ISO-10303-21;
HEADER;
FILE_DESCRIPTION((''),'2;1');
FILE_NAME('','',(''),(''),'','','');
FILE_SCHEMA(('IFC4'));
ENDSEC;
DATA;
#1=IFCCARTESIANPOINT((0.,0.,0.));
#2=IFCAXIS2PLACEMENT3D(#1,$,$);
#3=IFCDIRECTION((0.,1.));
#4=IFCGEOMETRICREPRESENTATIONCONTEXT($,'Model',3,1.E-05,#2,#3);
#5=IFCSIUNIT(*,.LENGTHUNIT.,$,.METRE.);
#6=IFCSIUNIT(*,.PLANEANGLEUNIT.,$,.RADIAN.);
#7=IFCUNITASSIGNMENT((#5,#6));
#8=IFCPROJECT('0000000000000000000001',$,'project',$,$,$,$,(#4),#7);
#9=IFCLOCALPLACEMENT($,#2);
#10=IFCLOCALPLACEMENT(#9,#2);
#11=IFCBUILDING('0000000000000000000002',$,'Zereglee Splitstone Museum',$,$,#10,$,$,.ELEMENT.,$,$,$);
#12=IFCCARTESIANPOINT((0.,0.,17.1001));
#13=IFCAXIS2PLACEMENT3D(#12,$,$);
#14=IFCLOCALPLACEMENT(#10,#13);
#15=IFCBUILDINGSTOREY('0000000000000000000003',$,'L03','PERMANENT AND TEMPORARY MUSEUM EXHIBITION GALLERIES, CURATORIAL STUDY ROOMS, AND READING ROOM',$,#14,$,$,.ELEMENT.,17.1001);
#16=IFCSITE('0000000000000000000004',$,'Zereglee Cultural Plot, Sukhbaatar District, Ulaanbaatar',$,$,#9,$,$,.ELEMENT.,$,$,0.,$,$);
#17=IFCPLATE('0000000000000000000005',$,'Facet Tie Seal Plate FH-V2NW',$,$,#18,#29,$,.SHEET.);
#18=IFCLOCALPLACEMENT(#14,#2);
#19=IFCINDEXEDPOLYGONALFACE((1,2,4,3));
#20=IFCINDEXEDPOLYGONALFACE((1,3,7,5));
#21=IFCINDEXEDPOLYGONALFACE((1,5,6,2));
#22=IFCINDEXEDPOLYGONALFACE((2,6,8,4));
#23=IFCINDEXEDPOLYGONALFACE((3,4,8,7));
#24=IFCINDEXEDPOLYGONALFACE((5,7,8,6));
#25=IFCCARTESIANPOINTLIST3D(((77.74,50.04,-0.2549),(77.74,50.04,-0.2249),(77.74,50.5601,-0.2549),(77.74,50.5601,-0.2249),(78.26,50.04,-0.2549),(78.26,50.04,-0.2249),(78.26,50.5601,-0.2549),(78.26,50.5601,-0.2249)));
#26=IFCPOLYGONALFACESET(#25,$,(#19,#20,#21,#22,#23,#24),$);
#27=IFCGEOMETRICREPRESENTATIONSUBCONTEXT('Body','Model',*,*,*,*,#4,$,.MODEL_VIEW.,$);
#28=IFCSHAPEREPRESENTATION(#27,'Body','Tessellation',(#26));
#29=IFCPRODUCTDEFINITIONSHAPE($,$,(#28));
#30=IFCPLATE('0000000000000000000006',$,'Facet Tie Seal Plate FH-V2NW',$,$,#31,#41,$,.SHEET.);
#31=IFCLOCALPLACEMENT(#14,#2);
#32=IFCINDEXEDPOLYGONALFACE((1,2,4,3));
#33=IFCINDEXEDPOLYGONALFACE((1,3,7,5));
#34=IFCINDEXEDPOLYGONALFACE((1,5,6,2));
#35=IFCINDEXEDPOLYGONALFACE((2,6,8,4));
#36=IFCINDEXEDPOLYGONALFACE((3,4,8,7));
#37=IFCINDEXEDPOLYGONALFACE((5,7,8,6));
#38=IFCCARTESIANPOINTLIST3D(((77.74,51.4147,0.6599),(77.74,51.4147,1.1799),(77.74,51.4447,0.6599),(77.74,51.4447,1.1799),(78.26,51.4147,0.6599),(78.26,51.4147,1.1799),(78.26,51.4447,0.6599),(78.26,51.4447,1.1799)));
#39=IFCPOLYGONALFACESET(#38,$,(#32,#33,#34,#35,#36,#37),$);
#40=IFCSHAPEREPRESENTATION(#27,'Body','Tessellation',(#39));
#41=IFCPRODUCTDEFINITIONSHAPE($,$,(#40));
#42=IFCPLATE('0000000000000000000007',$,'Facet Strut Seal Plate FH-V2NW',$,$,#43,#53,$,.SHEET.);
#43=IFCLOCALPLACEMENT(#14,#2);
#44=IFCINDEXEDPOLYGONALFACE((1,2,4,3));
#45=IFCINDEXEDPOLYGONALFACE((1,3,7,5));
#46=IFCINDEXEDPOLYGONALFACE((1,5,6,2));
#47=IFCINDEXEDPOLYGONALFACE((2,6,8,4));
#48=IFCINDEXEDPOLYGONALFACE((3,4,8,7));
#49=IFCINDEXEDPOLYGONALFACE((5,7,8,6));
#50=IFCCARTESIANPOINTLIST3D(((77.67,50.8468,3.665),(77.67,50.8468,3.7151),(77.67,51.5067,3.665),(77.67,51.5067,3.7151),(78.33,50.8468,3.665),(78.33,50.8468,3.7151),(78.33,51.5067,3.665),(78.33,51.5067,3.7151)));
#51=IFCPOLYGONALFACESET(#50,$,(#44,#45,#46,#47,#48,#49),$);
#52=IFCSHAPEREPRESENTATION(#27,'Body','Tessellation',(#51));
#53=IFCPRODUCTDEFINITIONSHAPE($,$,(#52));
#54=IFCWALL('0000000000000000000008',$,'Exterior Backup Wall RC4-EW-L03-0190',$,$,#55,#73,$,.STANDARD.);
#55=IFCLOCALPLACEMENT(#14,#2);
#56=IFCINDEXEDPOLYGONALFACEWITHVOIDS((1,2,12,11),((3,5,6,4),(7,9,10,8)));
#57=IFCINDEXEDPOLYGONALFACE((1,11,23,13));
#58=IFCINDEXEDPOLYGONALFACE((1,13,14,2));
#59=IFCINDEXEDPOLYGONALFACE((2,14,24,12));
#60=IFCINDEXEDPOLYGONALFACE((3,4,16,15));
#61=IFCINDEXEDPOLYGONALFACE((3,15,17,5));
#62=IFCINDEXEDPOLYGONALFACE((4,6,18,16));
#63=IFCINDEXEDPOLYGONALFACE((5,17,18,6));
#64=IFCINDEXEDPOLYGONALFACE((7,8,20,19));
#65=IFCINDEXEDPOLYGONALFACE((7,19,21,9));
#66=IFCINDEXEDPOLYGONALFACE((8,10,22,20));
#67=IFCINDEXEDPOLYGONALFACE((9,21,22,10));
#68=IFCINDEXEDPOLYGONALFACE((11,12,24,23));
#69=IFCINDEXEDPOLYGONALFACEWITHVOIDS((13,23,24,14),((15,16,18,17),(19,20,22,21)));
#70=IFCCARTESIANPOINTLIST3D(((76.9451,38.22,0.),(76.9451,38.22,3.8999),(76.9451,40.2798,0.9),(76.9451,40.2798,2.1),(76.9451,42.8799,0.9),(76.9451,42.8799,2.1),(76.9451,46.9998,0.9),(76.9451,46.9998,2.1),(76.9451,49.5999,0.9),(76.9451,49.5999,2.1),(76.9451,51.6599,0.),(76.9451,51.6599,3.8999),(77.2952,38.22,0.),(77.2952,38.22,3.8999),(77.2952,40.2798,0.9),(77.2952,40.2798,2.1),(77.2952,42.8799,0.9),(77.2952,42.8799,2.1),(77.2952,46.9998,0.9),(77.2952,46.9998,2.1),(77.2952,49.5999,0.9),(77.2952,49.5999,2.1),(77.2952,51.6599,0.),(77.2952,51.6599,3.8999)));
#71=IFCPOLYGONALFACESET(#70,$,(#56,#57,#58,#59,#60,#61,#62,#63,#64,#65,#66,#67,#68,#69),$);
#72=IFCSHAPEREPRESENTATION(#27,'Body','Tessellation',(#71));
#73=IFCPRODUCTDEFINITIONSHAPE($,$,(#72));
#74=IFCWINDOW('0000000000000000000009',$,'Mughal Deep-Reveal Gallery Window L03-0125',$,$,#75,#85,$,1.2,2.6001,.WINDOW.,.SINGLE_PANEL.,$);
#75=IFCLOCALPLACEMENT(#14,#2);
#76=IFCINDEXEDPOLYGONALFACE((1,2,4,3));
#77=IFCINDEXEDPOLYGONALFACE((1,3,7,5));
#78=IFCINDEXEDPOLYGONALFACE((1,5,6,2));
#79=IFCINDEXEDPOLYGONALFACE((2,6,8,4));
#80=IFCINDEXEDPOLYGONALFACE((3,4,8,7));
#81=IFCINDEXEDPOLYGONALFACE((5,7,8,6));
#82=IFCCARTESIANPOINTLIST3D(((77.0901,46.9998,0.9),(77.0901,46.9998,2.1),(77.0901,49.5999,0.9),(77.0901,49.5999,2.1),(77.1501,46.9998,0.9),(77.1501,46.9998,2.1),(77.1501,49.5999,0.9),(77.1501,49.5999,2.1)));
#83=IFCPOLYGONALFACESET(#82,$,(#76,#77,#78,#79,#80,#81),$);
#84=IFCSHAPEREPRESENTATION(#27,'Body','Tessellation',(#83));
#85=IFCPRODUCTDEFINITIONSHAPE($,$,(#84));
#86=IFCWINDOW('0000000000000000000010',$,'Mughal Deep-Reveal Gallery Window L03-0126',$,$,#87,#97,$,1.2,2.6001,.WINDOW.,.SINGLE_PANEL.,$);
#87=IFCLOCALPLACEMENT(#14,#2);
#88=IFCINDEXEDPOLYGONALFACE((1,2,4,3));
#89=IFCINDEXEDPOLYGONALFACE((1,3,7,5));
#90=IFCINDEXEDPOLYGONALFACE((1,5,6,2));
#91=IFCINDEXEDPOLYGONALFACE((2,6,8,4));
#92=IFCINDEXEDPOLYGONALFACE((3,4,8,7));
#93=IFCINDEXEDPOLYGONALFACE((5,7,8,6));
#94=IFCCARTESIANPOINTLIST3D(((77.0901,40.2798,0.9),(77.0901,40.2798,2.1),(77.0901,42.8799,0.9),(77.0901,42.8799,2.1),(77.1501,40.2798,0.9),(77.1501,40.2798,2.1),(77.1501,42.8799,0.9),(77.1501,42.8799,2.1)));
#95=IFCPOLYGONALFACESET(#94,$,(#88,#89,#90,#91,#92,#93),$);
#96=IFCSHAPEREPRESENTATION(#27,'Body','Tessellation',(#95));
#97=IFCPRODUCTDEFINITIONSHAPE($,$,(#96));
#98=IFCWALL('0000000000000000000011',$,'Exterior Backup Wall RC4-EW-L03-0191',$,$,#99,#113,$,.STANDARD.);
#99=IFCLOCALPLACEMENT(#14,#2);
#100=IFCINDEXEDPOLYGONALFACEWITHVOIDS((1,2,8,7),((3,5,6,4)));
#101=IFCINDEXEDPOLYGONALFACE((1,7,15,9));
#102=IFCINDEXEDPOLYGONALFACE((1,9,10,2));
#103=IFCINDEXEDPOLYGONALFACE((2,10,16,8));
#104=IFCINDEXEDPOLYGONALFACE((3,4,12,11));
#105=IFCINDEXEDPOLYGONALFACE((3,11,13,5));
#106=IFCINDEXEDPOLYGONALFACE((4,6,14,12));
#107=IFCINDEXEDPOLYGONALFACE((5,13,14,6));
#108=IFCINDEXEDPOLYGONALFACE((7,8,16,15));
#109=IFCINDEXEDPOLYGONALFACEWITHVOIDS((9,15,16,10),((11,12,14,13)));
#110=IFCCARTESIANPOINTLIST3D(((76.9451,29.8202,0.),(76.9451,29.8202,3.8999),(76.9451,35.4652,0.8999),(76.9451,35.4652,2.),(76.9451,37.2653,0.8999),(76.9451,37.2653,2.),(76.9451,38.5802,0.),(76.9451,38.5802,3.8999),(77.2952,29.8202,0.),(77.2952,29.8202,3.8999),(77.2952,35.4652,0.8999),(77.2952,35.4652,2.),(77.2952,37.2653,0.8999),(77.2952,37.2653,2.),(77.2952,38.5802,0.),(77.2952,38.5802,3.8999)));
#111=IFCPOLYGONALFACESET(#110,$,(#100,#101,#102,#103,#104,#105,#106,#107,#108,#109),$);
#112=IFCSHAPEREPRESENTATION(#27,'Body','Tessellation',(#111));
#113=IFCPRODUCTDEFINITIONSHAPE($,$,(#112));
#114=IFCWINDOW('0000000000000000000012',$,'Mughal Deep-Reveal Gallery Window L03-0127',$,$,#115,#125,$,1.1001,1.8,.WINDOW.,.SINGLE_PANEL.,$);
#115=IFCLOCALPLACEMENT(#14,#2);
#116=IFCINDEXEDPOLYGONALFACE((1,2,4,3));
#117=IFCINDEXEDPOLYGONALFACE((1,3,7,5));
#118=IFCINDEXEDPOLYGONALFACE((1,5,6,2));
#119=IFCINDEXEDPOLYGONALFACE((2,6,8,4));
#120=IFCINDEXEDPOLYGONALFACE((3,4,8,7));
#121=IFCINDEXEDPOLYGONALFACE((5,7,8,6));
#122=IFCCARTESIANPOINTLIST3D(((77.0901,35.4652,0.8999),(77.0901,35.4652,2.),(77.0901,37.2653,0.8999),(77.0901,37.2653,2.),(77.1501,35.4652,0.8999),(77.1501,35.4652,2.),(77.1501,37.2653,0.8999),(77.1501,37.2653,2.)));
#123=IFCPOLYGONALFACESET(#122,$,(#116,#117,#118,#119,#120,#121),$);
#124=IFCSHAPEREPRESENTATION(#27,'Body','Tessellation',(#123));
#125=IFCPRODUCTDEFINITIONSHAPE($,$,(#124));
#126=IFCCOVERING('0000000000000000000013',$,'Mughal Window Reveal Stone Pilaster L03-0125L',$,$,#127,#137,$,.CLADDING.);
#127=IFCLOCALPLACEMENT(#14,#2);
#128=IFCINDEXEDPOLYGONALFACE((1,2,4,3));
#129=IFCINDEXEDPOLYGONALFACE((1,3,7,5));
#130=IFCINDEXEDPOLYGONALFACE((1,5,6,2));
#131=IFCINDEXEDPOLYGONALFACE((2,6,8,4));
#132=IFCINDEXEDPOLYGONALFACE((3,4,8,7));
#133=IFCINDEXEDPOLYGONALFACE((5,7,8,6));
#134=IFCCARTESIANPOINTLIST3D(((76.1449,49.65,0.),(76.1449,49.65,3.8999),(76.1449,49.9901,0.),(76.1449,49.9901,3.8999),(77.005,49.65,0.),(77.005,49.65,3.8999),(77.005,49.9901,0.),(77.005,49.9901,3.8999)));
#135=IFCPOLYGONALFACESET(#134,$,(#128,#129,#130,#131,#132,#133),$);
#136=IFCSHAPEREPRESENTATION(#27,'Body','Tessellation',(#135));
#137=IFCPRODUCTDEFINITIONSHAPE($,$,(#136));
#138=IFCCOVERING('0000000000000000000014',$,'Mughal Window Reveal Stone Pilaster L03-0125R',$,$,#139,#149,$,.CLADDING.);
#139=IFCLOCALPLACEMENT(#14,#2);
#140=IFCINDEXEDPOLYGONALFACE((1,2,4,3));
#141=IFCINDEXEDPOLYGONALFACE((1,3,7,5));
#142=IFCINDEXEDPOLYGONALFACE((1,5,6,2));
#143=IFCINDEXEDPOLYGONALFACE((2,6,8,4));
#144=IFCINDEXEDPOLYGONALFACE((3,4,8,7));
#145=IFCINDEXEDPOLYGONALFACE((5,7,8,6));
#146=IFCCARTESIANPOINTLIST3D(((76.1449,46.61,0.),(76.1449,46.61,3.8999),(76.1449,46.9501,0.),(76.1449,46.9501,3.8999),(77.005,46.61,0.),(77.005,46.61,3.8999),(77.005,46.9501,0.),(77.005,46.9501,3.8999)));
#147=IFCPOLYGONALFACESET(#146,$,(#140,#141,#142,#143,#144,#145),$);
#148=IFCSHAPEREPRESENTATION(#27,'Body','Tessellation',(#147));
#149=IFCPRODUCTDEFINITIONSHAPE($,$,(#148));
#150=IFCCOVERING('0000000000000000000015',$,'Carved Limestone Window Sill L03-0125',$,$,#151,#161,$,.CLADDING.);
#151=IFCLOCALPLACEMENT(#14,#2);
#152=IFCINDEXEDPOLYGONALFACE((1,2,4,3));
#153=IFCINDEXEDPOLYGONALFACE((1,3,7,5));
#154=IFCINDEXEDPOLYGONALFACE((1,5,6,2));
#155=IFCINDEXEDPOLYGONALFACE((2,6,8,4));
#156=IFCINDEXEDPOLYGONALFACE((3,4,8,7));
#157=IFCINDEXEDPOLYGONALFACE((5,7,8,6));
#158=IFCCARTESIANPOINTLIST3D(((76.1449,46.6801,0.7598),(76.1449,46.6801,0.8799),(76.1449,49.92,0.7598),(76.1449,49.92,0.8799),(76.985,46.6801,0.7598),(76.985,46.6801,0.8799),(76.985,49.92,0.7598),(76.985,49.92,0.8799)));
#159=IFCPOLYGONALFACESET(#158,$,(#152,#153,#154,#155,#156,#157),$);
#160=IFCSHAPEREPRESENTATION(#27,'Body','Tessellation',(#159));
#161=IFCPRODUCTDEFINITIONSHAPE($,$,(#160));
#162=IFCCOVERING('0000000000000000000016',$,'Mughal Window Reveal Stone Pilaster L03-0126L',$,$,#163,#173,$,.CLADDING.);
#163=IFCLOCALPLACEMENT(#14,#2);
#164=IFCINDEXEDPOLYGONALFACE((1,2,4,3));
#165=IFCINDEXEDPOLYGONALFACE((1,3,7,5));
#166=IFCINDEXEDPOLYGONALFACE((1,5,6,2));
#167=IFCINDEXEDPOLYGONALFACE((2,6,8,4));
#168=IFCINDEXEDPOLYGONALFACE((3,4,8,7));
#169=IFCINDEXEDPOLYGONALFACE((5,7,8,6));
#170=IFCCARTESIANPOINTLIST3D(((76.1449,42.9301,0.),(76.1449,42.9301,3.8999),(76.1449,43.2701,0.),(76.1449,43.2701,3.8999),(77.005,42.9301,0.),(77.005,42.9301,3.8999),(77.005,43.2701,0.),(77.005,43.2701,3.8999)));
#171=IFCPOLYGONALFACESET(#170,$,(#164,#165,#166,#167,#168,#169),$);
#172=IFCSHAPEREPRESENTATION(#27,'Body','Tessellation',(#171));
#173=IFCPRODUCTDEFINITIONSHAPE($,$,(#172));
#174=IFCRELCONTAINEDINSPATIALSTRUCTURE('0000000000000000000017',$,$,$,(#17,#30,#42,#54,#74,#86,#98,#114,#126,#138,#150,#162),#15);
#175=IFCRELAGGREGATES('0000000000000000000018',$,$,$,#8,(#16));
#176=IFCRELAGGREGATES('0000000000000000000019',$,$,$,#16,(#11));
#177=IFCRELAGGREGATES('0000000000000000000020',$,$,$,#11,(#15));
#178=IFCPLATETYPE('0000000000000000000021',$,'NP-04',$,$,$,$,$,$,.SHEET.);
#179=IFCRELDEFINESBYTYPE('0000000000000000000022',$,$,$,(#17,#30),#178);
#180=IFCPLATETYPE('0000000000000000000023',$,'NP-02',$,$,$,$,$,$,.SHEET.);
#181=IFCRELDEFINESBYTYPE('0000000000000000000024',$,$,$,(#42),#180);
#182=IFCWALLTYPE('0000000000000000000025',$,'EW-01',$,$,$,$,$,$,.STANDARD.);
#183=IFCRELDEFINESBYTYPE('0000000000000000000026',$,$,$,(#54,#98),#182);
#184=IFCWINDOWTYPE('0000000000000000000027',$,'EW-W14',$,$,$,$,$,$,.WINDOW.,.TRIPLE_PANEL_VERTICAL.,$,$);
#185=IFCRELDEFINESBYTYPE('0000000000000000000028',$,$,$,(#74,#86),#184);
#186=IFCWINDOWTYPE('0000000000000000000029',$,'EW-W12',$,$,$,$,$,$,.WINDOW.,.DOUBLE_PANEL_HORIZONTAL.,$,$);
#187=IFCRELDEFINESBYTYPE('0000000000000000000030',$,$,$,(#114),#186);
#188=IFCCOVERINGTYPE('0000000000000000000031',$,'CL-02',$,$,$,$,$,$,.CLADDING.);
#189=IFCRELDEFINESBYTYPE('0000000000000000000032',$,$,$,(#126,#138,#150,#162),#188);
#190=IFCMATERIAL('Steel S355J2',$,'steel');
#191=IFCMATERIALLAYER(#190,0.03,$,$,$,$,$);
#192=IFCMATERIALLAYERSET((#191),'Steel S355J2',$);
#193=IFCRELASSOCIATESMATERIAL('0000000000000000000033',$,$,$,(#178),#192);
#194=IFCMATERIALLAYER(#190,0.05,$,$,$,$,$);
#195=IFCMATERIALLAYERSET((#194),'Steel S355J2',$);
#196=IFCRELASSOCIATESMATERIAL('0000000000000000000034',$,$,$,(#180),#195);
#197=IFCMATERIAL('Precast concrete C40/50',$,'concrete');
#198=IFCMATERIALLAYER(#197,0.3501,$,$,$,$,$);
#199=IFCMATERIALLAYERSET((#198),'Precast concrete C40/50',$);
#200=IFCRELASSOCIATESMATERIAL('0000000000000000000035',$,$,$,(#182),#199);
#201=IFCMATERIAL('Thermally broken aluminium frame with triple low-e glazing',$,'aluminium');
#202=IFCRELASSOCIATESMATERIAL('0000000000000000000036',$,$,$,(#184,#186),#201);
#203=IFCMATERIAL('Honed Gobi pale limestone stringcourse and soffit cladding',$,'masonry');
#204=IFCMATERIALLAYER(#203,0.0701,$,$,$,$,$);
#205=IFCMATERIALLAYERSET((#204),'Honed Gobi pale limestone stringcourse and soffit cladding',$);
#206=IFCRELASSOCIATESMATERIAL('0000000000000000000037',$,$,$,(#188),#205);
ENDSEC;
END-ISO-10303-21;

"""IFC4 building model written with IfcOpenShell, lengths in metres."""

from ifc_helpers import new_model, si_unit, direction, frame, frame_2d, origin, origin_2d, place, context, subcontext, project, spatial, rectangle, extrude, material, layer, layer_set, type_object, element, fill, save


model = new_model("IFC4")

# Units and contexts
model_context = context("Model", 3, precision=1e-05, world=origin(), true_north=direction((0.0, 1.0)))
body_context = subcontext(model_context, "Body", "Model", "MODEL_VIEW")
ifc_project = project(units=[si_unit("LENGTHUNIT", "METRE"), si_unit("PLANEANGLEUNIT", "RADIAN")], contexts=[model_context])

# Site, building, storey
site_placement = place(None, origin())
site = spatial("IfcSite", under=ifc_project, at=site_placement, Name="Zereglee Cultural Plot, Sukhbaatar District, Ulaanbaatar", CompositionType="ELEMENT", RefElevation=0.0)
building_placement = place(site_placement, origin())
building = spatial("IfcBuilding", under=site, at=building_placement, Name="Zereglee Splitstone Museum", CompositionType="ELEMENT")
storey_placement = place(building_placement, frame((0.0, 0.0, 17.1001)))
storey = spatial("IfcBuildingStorey", under=building, at=storey_placement, Name="L03", Description="PERMANENT AND TEMPORARY MUSEUM EXHIBITION GALLERIES, CURATORIAL STUDY ROOMS, AND READING ROOM", CompositionType="ELEMENT", Elevation=17.1001)

# Shared definitions
ifc_material_1 = material(Name="Steel S355J2", Category="steel")

# Plates
ifc_layer_1 = layer(ifc_material_1, 0.03)
ifc_layer_set_1 = layer_set([ifc_layer_1], Name="Steel S355J2")
plate_type_1 = type_object("IfcPlateType", Name="NP-04", PredefinedType="SHEET", material=ifc_layer_set_1)
plate_1_placement = place(storey_placement, frame((78.0, 50.3, -0.2549), z_axis=(0.0, 0.0, 1.0), x_axis=(1.0, 0.0, 0.0)))
element("IfcPlate", 1, at=plate_1_placement, inside=storey, type_object=plate_type_1, Name="Facet Tie Seal Plate FH-V2NW", PredefinedType="SHEET", context=body_context, shape_type="SweptSolid", body=[
    extrude(rectangle(XDim=0.52, YDim=0.52, at=origin_2d()), origin(), (0.0, 0.0, 1.0), 0.03),
])
plate_2_placement = place(storey_placement, frame((78.0, 51.4297, 0.6599), z_axis=(0.0, 0.0, 1.0), x_axis=(1.0, 0.0, 0.0)))
element("IfcPlate", 2, at=plate_2_placement, inside=storey, type_object=plate_type_1, Name="Facet Tie Seal Plate FH-V2NW", PredefinedType="SHEET", context=body_context, shape_type="SweptSolid", body=[
    extrude(rectangle(XDim=0.52, YDim=0.03, at=origin_2d()), origin(), (0.0, 0.0, 1.0), 0.52),
])
ifc_layer_2 = layer(ifc_material_1, 0.05)
ifc_layer_set_2 = layer_set([ifc_layer_2], Name="Steel S355J2")
plate_type_2 = type_object("IfcPlateType", Name="NP-02", PredefinedType="SHEET", material=ifc_layer_set_2)
plate_3_placement = place(storey_placement, frame((78.0, 51.1768, 3.665), z_axis=(0.0, 0.0, 1.0), x_axis=(1.0, 0.0, 0.0)))
element("IfcPlate", 3, at=plate_3_placement, inside=storey, type_object=plate_type_2, Name="Facet Strut Seal Plate FH-V2NW", PredefinedType="SHEET", context=body_context, shape_type="SweptSolid", body=[
    extrude(rectangle(XDim=0.6599, YDim=0.6599, at=origin_2d()), origin(), (0.0, 0.0, 1.0), 0.05),
])

# Wall, openings, windows
ifc_material_2 = material(Name="Precast concrete C40/50", Category="concrete")
ifc_layer_3 = layer(ifc_material_2, 0.3501)
ifc_layer_set_3 = layer_set([ifc_layer_3], Name="Precast concrete C40/50")
wall_type = type_object("IfcWallType", Name="EW-01", PredefinedType="STANDARD", material=ifc_layer_set_3)
wall_1_placement = place(storey_placement, frame((77.1201, 51.6599, 0.0), z_axis=(0.0, 0.0, 1.0), x_axis=(0.0, -1.0, 0.0)))
wall_1 = element("IfcWall", 4, at=wall_1_placement, inside=storey, type_object=wall_type, Name="Exterior Backup Wall RC4-EW-L03-0190", PredefinedType="STANDARD", context=body_context, shape_type="SweptSolid", body=[
    extrude(rectangle(XDim=13.4399, YDim=0.3501, at=frame_2d((6.72, 0.0))), origin(), (0.0, 0.0, 1.0), 3.8999),
])
opening_1_placement = place(wall_1_placement, frame((2.0601, 0.0, 0.8999)))
opening_1 = element("IfcOpeningElement", 5, at=opening_1_placement, cuts=wall_1, PredefinedType="OPENING", context=body_context, shape_type="SweptSolid", body=[
    extrude(rectangle(XDim=2.6001, YDim=1.2, at=frame_2d((1.3, 0.6001))), frame((0.0, 0.1899, 0.0), z_axis=(0.0, -1.0, 0.0), x_axis=(1.0, 0.0, 0.0)), (0.0, 0.0, 1.0), 0.3799),
])
opening_2_placement = place(wall_1_placement, frame((8.78, 0.0, 0.8999)))
opening_2 = element("IfcOpeningElement", 6, at=opening_2_placement, cuts=wall_1, PredefinedType="OPENING", context=body_context, shape_type="SweptSolid", body=[
    extrude(rectangle(XDim=2.6001, YDim=1.2, at=frame_2d((1.3, 0.6001))), frame((0.0, 0.1899, 0.0), z_axis=(0.0, -1.0, 0.0), x_axis=(1.0, 0.0, 0.0)), (0.0, 0.0, 1.0), 0.3799),
])
ifc_material_3 = material(Name="Thermally broken aluminium frame with triple low-e glazing", Category="aluminium")
window_type_1 = type_object("IfcWindowType", Name="EW-W14", PartitioningType="TRIPLE_PANEL_VERTICAL", PredefinedType="WINDOW", material=ifc_material_3)
window_1_placement = place(opening_1_placement, origin())
window_1 = element("IfcWindow", 7, at=window_1_placement, inside=storey, type_object=window_type_1, Name="Mughal Deep-Reveal Gallery Window L03-0125", OverallHeight=1.2, OverallWidth=2.6001, PartitioningType="SINGLE_PANEL", PredefinedType="WINDOW", context=body_context, shape_type="SweptSolid", body=[
    extrude(rectangle(XDim=2.6001, YDim=1.2, at=frame_2d((1.3, 0.6001))), frame((0.0, 0.03, 0.0), z_axis=(0.0, -1.0, 0.0), x_axis=(1.0, 0.0, 0.0)), (0.0, 0.0, 1.0), 0.0601),
])
fill(opening_1, window_1)
window_2_placement = place(opening_2_placement, origin())
window_2 = element("IfcWindow", 8, at=window_2_placement, inside=storey, type_object=window_type_1, Name="Mughal Deep-Reveal Gallery Window L03-0126", OverallHeight=1.2, OverallWidth=2.6001, PartitioningType="SINGLE_PANEL", PredefinedType="WINDOW", context=body_context, shape_type="SweptSolid", body=[
    extrude(rectangle(XDim=2.6001, YDim=1.2, at=frame_2d((1.3, 0.6001))), frame((0.0, 0.03, 0.0), z_axis=(0.0, -1.0, 0.0), x_axis=(1.0, 0.0, 0.0)), (0.0, 0.0, 1.0), 0.0601),
])
fill(opening_2, window_2)

# Wall, opening, window
wall_2_placement = place(storey_placement, frame((77.1201, 38.5801, 0.0), z_axis=(0.0, 0.0, 1.0), x_axis=(0.0, -1.0, 0.0)))
wall_2 = element("IfcWall", 9, at=wall_2_placement, inside=storey, type_object=wall_type, Name="Exterior Backup Wall RC4-EW-L03-0191", PredefinedType="STANDARD", context=body_context, shape_type="SweptSolid", body=[
    extrude(rectangle(XDim=8.76, YDim=0.3501, at=frame_2d((4.3799, 0.0))), origin(), (0.0, 0.0, 1.0), 3.8999),
])
opening_3_placement = place(wall_2_placement, frame((1.3149, 0.0, 0.8999)))
opening_3 = element("IfcOpeningElement", 10, at=opening_3_placement, cuts=wall_2, PredefinedType="OPENING", context=body_context, shape_type="SweptSolid", body=[
    extrude(rectangle(XDim=1.8, YDim=1.1001, at=frame_2d((0.8999, 0.55))), frame((0.0, 0.1899, 0.0), z_axis=(0.0, -1.0, 0.0), x_axis=(1.0, 0.0, 0.0)), (0.0, 0.0, 1.0), 0.3799),
])
window_type_2 = type_object("IfcWindowType", Name="EW-W12", PartitioningType="DOUBLE_PANEL_HORIZONTAL", PredefinedType="WINDOW", material=ifc_material_3)
window_3_placement = place(opening_3_placement, origin())
window_3 = element("IfcWindow", 11, at=window_3_placement, inside=storey, type_object=window_type_2, Name="Mughal Deep-Reveal Gallery Window L03-0127", OverallHeight=1.1001, OverallWidth=1.8, PartitioningType="SINGLE_PANEL", PredefinedType="WINDOW", context=body_context, shape_type="SweptSolid", body=[
    extrude(rectangle(XDim=1.8, YDim=1.1001, at=frame_2d((0.8999, 0.55))), frame((0.0, 0.03, 0.0), z_axis=(0.0, -1.0, 0.0), x_axis=(1.0, 0.0, 0.0)), (0.0, 0.0, 1.0), 0.0601),
])
fill(opening_3, window_3)

# Coverings
ifc_material_4 = material(Name="Honed Gobi pale limestone stringcourse and soffit cladding", Category="masonry")
ifc_layer_4 = layer(ifc_material_4, 0.0701)
ifc_layer_set_4 = layer_set([ifc_layer_4], Name="Honed Gobi pale limestone stringcourse and soffit cladding")
covering_type_1 = type_object("IfcCoveringType", Name="CL-02", PredefinedType="CLADDING", material=ifc_layer_set_4)
for number, where, z_axis, x_axis, name in (
    (12, (76.575, 49.8201, 0.0), (0.0, 0.0, 1.0), (0.0, -1.0, 0.0), "Mughal Window Reveal Stone Pilaster L03-0125L"),
    (13, (76.575, 46.78, 0.0), (0.0, 0.0, 1.0), (0.0, -1.0, 0.0), "Mughal Window Reveal Stone Pilaster L03-0125R"),
):
    element("IfcCovering", number, at=place(storey_placement, frame(where, z_axis=z_axis, x_axis=x_axis)), inside=storey, type_object=covering_type_1, Name=name, PredefinedType="CLADDING", context=body_context, shape_type="SweptSolid", body=[
        extrude(rectangle(XDim=0.3401, YDim=0.8601, at=origin_2d()), origin(), (0.0, 0.0, 1.0), 3.8999),
    ])
covering_1_placement = place(storey_placement, frame((76.5649, 48.3, 0.7598), z_axis=(0.0, 0.0, 1.0), x_axis=(0.0, -1.0, 0.0)))
element("IfcCovering", 14, at=covering_1_placement, inside=storey, type_object=covering_type_1, Name="Carved Limestone Window Sill L03-0125", PredefinedType="CLADDING", context=body_context, shape_type="SweptSolid", body=[
    extrude(rectangle(XDim=3.24, YDim=0.8401, at=origin_2d()), origin(), (0.0, 0.0, 1.0), 0.1201),
])
for number, where, z_axis, x_axis, name in (
    (15, (76.575, 43.1001, 0.0), (0.0, 0.0, 1.0), (0.0, -1.0, 0.0), "Mughal Window Reveal Stone Pilaster L03-0126L"),
):
    element("IfcCovering", number, at=place(storey_placement, frame(where, z_axis=z_axis, x_axis=x_axis)), inside=storey, type_object=covering_type_1, Name=name, PredefinedType="CLADDING", context=body_context, shape_type="SweptSolid", body=[
        extrude(rectangle(XDim=0.3401, YDim=0.8601, at=origin_2d()), origin(), (0.0, 0.0, 1.0), 3.8999),
    ])

save(model, "model.ifc")
